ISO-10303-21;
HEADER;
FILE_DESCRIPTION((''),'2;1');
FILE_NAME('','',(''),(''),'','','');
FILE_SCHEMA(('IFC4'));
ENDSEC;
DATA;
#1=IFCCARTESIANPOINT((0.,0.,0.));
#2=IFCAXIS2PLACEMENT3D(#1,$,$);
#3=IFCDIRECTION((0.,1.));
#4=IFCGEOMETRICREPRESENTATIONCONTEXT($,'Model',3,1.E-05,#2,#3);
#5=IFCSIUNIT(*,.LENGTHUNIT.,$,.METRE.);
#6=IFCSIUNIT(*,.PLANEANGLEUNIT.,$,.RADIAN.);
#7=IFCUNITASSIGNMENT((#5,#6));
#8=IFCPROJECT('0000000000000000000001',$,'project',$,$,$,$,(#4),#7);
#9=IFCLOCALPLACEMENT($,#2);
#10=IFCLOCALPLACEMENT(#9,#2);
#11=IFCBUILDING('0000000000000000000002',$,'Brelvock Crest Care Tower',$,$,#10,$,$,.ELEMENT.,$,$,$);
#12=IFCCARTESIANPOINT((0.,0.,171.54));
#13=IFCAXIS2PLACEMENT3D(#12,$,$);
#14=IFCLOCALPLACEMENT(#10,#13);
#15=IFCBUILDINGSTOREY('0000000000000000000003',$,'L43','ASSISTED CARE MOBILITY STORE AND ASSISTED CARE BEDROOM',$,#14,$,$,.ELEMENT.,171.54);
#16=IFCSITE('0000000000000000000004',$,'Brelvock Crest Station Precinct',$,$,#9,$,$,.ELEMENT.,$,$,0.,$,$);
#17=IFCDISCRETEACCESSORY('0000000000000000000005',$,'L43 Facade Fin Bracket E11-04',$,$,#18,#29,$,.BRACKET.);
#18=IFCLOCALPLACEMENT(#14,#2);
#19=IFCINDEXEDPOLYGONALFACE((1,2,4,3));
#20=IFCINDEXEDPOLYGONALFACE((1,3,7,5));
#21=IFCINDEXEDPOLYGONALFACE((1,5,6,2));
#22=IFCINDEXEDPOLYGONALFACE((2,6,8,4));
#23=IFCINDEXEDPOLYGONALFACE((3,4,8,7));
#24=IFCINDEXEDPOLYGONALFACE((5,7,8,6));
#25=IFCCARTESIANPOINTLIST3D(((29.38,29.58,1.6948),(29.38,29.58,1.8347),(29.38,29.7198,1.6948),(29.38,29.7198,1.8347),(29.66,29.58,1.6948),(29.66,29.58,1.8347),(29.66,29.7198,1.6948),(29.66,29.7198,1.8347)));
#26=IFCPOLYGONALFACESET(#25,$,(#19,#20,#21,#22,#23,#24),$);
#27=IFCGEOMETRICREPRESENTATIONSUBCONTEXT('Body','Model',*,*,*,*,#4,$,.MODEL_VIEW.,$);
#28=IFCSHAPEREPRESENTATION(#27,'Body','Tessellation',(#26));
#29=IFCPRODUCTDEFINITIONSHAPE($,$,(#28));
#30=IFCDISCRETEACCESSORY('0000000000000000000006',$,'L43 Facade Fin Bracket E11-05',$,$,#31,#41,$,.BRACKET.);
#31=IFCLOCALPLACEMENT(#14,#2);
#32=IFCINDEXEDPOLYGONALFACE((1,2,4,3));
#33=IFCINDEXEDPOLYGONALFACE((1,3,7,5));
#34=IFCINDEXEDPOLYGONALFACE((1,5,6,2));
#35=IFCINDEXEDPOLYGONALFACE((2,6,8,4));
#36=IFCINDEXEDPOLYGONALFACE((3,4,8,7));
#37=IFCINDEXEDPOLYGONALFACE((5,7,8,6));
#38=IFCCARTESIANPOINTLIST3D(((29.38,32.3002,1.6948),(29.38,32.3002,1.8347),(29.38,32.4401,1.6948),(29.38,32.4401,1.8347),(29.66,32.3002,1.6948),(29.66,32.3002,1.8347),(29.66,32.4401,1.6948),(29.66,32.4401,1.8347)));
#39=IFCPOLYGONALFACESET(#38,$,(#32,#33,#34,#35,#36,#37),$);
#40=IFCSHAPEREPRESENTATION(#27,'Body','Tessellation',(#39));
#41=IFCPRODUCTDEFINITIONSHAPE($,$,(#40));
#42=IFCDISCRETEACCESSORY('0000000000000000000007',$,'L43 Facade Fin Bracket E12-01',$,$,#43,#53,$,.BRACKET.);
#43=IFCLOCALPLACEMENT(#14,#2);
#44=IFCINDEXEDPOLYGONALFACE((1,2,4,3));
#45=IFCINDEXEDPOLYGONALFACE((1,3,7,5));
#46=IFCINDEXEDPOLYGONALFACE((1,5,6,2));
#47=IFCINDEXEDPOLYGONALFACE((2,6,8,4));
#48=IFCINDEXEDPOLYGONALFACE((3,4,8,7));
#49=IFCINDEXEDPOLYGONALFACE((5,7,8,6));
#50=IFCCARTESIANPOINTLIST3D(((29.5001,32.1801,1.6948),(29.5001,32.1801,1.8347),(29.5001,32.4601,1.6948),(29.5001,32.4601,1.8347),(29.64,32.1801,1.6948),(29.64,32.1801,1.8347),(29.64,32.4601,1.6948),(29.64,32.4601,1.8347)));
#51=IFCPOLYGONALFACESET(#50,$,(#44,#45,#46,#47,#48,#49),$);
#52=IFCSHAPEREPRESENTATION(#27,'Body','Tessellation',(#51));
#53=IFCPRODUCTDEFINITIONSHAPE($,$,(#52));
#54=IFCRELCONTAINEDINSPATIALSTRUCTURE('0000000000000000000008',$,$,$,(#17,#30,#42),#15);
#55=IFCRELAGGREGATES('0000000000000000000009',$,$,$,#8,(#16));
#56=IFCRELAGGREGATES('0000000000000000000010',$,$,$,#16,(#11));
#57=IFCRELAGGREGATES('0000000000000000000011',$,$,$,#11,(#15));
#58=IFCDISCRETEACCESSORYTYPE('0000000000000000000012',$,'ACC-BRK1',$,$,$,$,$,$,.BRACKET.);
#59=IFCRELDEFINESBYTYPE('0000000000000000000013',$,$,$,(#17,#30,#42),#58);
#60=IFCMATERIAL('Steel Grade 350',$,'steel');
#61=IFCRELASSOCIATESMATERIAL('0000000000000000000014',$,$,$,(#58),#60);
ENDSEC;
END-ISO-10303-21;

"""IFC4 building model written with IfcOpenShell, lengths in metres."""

from ifc_helpers import new_model, si_unit, direction, frame, origin, origin_2d, place, context, subcontext, project, spatial, rectangle, extrude, source, transform, mapped, material, type_object, element, save


model = new_model("IFC4")

# Units and contexts
model_context = context("Model", 3, precision=1e-05, world=origin(), true_north=direction((0.0, 1.0)))
body_context = subcontext(model_context, "Body", "Model", "MODEL_VIEW")
ifc_project = project(units=[si_unit("LENGTHUNIT", "METRE"), si_unit("PLANEANGLEUNIT", "RADIAN")], contexts=[model_context])

# Site, building, storey
site_placement = place(None, origin())
site = spatial("IfcSite", under=ifc_project, at=site_placement, Name="Brelvock Crest Station Precinct", CompositionType="ELEMENT", RefElevation=0.0)
building_placement = place(site_placement, origin())
building = spatial("IfcBuilding", under=site, at=building_placement, Name="Brelvock Crest Care Tower", CompositionType="ELEMENT")
storey_placement = place(building_placement, frame((0.0, 0.0, 171.54)))
storey = spatial("IfcBuildingStorey", under=building, at=storey_placement, Name="L43", Description="ASSISTED CARE MOBILITY STORE AND ASSISTED CARE BEDROOM", CompositionType="ELEMENT", Elevation=171.54)

# Shared definitions
ifc_material_1 = material(Name="Steel Grade 350", Category="steel")

# Discrete accessories
discrete_accessory_type = type_object("IfcDiscreteAccessoryType", Name="ACC-BRK1", PredefinedType="BRACKET", material=ifc_material_1)
shared_shape_1 = source(origin(), body_context, "Body", "SweptSolid", [
    extrude(rectangle(XDim=0.28, YDim=0.1399, at=origin_2d()), origin(), (0.0, 0.0, 1.0), 0.1399),
])
for number, where, z_axis, x_axis, name in (
    (1, (29.52, 29.6499, 1.6948), (0.0, 0.0, 1.0), (-1.0, 0.0, 0.0), "L43 Facade Fin Bracket E11-04"),
    (2, (29.52, 32.3701, 1.6948), (0.0, 0.0, 1.0), (-1.0, 0.0, 0.0), "L43 Facade Fin Bracket E11-05"),
    (3, (29.5701, 32.3201, 1.6948), (0.0, 0.0, 1.0), (0.0, -1.0, 0.0), "L43 Facade Fin Bracket E12-01"),
):
    element("IfcDiscreteAccessory", number, at=place(storey_placement, frame(where, z_axis=z_axis, x_axis=x_axis)), inside=storey, type_object=discrete_accessory_type, Name=name, PredefinedType="BRACKET", context=body_context, shape_type="MappedRepresentation", body=[
        mapped(shared_shape_1, transform((0.0, 0.0, 0.0), x_axis=(1.0, 0.0, 0.0), y_axis=(0.0, 1.0, 0.0), z_axis=(0.0, 0.0, 1.0), scale=1.0)),
    ])

save(model, "model.ifc")
